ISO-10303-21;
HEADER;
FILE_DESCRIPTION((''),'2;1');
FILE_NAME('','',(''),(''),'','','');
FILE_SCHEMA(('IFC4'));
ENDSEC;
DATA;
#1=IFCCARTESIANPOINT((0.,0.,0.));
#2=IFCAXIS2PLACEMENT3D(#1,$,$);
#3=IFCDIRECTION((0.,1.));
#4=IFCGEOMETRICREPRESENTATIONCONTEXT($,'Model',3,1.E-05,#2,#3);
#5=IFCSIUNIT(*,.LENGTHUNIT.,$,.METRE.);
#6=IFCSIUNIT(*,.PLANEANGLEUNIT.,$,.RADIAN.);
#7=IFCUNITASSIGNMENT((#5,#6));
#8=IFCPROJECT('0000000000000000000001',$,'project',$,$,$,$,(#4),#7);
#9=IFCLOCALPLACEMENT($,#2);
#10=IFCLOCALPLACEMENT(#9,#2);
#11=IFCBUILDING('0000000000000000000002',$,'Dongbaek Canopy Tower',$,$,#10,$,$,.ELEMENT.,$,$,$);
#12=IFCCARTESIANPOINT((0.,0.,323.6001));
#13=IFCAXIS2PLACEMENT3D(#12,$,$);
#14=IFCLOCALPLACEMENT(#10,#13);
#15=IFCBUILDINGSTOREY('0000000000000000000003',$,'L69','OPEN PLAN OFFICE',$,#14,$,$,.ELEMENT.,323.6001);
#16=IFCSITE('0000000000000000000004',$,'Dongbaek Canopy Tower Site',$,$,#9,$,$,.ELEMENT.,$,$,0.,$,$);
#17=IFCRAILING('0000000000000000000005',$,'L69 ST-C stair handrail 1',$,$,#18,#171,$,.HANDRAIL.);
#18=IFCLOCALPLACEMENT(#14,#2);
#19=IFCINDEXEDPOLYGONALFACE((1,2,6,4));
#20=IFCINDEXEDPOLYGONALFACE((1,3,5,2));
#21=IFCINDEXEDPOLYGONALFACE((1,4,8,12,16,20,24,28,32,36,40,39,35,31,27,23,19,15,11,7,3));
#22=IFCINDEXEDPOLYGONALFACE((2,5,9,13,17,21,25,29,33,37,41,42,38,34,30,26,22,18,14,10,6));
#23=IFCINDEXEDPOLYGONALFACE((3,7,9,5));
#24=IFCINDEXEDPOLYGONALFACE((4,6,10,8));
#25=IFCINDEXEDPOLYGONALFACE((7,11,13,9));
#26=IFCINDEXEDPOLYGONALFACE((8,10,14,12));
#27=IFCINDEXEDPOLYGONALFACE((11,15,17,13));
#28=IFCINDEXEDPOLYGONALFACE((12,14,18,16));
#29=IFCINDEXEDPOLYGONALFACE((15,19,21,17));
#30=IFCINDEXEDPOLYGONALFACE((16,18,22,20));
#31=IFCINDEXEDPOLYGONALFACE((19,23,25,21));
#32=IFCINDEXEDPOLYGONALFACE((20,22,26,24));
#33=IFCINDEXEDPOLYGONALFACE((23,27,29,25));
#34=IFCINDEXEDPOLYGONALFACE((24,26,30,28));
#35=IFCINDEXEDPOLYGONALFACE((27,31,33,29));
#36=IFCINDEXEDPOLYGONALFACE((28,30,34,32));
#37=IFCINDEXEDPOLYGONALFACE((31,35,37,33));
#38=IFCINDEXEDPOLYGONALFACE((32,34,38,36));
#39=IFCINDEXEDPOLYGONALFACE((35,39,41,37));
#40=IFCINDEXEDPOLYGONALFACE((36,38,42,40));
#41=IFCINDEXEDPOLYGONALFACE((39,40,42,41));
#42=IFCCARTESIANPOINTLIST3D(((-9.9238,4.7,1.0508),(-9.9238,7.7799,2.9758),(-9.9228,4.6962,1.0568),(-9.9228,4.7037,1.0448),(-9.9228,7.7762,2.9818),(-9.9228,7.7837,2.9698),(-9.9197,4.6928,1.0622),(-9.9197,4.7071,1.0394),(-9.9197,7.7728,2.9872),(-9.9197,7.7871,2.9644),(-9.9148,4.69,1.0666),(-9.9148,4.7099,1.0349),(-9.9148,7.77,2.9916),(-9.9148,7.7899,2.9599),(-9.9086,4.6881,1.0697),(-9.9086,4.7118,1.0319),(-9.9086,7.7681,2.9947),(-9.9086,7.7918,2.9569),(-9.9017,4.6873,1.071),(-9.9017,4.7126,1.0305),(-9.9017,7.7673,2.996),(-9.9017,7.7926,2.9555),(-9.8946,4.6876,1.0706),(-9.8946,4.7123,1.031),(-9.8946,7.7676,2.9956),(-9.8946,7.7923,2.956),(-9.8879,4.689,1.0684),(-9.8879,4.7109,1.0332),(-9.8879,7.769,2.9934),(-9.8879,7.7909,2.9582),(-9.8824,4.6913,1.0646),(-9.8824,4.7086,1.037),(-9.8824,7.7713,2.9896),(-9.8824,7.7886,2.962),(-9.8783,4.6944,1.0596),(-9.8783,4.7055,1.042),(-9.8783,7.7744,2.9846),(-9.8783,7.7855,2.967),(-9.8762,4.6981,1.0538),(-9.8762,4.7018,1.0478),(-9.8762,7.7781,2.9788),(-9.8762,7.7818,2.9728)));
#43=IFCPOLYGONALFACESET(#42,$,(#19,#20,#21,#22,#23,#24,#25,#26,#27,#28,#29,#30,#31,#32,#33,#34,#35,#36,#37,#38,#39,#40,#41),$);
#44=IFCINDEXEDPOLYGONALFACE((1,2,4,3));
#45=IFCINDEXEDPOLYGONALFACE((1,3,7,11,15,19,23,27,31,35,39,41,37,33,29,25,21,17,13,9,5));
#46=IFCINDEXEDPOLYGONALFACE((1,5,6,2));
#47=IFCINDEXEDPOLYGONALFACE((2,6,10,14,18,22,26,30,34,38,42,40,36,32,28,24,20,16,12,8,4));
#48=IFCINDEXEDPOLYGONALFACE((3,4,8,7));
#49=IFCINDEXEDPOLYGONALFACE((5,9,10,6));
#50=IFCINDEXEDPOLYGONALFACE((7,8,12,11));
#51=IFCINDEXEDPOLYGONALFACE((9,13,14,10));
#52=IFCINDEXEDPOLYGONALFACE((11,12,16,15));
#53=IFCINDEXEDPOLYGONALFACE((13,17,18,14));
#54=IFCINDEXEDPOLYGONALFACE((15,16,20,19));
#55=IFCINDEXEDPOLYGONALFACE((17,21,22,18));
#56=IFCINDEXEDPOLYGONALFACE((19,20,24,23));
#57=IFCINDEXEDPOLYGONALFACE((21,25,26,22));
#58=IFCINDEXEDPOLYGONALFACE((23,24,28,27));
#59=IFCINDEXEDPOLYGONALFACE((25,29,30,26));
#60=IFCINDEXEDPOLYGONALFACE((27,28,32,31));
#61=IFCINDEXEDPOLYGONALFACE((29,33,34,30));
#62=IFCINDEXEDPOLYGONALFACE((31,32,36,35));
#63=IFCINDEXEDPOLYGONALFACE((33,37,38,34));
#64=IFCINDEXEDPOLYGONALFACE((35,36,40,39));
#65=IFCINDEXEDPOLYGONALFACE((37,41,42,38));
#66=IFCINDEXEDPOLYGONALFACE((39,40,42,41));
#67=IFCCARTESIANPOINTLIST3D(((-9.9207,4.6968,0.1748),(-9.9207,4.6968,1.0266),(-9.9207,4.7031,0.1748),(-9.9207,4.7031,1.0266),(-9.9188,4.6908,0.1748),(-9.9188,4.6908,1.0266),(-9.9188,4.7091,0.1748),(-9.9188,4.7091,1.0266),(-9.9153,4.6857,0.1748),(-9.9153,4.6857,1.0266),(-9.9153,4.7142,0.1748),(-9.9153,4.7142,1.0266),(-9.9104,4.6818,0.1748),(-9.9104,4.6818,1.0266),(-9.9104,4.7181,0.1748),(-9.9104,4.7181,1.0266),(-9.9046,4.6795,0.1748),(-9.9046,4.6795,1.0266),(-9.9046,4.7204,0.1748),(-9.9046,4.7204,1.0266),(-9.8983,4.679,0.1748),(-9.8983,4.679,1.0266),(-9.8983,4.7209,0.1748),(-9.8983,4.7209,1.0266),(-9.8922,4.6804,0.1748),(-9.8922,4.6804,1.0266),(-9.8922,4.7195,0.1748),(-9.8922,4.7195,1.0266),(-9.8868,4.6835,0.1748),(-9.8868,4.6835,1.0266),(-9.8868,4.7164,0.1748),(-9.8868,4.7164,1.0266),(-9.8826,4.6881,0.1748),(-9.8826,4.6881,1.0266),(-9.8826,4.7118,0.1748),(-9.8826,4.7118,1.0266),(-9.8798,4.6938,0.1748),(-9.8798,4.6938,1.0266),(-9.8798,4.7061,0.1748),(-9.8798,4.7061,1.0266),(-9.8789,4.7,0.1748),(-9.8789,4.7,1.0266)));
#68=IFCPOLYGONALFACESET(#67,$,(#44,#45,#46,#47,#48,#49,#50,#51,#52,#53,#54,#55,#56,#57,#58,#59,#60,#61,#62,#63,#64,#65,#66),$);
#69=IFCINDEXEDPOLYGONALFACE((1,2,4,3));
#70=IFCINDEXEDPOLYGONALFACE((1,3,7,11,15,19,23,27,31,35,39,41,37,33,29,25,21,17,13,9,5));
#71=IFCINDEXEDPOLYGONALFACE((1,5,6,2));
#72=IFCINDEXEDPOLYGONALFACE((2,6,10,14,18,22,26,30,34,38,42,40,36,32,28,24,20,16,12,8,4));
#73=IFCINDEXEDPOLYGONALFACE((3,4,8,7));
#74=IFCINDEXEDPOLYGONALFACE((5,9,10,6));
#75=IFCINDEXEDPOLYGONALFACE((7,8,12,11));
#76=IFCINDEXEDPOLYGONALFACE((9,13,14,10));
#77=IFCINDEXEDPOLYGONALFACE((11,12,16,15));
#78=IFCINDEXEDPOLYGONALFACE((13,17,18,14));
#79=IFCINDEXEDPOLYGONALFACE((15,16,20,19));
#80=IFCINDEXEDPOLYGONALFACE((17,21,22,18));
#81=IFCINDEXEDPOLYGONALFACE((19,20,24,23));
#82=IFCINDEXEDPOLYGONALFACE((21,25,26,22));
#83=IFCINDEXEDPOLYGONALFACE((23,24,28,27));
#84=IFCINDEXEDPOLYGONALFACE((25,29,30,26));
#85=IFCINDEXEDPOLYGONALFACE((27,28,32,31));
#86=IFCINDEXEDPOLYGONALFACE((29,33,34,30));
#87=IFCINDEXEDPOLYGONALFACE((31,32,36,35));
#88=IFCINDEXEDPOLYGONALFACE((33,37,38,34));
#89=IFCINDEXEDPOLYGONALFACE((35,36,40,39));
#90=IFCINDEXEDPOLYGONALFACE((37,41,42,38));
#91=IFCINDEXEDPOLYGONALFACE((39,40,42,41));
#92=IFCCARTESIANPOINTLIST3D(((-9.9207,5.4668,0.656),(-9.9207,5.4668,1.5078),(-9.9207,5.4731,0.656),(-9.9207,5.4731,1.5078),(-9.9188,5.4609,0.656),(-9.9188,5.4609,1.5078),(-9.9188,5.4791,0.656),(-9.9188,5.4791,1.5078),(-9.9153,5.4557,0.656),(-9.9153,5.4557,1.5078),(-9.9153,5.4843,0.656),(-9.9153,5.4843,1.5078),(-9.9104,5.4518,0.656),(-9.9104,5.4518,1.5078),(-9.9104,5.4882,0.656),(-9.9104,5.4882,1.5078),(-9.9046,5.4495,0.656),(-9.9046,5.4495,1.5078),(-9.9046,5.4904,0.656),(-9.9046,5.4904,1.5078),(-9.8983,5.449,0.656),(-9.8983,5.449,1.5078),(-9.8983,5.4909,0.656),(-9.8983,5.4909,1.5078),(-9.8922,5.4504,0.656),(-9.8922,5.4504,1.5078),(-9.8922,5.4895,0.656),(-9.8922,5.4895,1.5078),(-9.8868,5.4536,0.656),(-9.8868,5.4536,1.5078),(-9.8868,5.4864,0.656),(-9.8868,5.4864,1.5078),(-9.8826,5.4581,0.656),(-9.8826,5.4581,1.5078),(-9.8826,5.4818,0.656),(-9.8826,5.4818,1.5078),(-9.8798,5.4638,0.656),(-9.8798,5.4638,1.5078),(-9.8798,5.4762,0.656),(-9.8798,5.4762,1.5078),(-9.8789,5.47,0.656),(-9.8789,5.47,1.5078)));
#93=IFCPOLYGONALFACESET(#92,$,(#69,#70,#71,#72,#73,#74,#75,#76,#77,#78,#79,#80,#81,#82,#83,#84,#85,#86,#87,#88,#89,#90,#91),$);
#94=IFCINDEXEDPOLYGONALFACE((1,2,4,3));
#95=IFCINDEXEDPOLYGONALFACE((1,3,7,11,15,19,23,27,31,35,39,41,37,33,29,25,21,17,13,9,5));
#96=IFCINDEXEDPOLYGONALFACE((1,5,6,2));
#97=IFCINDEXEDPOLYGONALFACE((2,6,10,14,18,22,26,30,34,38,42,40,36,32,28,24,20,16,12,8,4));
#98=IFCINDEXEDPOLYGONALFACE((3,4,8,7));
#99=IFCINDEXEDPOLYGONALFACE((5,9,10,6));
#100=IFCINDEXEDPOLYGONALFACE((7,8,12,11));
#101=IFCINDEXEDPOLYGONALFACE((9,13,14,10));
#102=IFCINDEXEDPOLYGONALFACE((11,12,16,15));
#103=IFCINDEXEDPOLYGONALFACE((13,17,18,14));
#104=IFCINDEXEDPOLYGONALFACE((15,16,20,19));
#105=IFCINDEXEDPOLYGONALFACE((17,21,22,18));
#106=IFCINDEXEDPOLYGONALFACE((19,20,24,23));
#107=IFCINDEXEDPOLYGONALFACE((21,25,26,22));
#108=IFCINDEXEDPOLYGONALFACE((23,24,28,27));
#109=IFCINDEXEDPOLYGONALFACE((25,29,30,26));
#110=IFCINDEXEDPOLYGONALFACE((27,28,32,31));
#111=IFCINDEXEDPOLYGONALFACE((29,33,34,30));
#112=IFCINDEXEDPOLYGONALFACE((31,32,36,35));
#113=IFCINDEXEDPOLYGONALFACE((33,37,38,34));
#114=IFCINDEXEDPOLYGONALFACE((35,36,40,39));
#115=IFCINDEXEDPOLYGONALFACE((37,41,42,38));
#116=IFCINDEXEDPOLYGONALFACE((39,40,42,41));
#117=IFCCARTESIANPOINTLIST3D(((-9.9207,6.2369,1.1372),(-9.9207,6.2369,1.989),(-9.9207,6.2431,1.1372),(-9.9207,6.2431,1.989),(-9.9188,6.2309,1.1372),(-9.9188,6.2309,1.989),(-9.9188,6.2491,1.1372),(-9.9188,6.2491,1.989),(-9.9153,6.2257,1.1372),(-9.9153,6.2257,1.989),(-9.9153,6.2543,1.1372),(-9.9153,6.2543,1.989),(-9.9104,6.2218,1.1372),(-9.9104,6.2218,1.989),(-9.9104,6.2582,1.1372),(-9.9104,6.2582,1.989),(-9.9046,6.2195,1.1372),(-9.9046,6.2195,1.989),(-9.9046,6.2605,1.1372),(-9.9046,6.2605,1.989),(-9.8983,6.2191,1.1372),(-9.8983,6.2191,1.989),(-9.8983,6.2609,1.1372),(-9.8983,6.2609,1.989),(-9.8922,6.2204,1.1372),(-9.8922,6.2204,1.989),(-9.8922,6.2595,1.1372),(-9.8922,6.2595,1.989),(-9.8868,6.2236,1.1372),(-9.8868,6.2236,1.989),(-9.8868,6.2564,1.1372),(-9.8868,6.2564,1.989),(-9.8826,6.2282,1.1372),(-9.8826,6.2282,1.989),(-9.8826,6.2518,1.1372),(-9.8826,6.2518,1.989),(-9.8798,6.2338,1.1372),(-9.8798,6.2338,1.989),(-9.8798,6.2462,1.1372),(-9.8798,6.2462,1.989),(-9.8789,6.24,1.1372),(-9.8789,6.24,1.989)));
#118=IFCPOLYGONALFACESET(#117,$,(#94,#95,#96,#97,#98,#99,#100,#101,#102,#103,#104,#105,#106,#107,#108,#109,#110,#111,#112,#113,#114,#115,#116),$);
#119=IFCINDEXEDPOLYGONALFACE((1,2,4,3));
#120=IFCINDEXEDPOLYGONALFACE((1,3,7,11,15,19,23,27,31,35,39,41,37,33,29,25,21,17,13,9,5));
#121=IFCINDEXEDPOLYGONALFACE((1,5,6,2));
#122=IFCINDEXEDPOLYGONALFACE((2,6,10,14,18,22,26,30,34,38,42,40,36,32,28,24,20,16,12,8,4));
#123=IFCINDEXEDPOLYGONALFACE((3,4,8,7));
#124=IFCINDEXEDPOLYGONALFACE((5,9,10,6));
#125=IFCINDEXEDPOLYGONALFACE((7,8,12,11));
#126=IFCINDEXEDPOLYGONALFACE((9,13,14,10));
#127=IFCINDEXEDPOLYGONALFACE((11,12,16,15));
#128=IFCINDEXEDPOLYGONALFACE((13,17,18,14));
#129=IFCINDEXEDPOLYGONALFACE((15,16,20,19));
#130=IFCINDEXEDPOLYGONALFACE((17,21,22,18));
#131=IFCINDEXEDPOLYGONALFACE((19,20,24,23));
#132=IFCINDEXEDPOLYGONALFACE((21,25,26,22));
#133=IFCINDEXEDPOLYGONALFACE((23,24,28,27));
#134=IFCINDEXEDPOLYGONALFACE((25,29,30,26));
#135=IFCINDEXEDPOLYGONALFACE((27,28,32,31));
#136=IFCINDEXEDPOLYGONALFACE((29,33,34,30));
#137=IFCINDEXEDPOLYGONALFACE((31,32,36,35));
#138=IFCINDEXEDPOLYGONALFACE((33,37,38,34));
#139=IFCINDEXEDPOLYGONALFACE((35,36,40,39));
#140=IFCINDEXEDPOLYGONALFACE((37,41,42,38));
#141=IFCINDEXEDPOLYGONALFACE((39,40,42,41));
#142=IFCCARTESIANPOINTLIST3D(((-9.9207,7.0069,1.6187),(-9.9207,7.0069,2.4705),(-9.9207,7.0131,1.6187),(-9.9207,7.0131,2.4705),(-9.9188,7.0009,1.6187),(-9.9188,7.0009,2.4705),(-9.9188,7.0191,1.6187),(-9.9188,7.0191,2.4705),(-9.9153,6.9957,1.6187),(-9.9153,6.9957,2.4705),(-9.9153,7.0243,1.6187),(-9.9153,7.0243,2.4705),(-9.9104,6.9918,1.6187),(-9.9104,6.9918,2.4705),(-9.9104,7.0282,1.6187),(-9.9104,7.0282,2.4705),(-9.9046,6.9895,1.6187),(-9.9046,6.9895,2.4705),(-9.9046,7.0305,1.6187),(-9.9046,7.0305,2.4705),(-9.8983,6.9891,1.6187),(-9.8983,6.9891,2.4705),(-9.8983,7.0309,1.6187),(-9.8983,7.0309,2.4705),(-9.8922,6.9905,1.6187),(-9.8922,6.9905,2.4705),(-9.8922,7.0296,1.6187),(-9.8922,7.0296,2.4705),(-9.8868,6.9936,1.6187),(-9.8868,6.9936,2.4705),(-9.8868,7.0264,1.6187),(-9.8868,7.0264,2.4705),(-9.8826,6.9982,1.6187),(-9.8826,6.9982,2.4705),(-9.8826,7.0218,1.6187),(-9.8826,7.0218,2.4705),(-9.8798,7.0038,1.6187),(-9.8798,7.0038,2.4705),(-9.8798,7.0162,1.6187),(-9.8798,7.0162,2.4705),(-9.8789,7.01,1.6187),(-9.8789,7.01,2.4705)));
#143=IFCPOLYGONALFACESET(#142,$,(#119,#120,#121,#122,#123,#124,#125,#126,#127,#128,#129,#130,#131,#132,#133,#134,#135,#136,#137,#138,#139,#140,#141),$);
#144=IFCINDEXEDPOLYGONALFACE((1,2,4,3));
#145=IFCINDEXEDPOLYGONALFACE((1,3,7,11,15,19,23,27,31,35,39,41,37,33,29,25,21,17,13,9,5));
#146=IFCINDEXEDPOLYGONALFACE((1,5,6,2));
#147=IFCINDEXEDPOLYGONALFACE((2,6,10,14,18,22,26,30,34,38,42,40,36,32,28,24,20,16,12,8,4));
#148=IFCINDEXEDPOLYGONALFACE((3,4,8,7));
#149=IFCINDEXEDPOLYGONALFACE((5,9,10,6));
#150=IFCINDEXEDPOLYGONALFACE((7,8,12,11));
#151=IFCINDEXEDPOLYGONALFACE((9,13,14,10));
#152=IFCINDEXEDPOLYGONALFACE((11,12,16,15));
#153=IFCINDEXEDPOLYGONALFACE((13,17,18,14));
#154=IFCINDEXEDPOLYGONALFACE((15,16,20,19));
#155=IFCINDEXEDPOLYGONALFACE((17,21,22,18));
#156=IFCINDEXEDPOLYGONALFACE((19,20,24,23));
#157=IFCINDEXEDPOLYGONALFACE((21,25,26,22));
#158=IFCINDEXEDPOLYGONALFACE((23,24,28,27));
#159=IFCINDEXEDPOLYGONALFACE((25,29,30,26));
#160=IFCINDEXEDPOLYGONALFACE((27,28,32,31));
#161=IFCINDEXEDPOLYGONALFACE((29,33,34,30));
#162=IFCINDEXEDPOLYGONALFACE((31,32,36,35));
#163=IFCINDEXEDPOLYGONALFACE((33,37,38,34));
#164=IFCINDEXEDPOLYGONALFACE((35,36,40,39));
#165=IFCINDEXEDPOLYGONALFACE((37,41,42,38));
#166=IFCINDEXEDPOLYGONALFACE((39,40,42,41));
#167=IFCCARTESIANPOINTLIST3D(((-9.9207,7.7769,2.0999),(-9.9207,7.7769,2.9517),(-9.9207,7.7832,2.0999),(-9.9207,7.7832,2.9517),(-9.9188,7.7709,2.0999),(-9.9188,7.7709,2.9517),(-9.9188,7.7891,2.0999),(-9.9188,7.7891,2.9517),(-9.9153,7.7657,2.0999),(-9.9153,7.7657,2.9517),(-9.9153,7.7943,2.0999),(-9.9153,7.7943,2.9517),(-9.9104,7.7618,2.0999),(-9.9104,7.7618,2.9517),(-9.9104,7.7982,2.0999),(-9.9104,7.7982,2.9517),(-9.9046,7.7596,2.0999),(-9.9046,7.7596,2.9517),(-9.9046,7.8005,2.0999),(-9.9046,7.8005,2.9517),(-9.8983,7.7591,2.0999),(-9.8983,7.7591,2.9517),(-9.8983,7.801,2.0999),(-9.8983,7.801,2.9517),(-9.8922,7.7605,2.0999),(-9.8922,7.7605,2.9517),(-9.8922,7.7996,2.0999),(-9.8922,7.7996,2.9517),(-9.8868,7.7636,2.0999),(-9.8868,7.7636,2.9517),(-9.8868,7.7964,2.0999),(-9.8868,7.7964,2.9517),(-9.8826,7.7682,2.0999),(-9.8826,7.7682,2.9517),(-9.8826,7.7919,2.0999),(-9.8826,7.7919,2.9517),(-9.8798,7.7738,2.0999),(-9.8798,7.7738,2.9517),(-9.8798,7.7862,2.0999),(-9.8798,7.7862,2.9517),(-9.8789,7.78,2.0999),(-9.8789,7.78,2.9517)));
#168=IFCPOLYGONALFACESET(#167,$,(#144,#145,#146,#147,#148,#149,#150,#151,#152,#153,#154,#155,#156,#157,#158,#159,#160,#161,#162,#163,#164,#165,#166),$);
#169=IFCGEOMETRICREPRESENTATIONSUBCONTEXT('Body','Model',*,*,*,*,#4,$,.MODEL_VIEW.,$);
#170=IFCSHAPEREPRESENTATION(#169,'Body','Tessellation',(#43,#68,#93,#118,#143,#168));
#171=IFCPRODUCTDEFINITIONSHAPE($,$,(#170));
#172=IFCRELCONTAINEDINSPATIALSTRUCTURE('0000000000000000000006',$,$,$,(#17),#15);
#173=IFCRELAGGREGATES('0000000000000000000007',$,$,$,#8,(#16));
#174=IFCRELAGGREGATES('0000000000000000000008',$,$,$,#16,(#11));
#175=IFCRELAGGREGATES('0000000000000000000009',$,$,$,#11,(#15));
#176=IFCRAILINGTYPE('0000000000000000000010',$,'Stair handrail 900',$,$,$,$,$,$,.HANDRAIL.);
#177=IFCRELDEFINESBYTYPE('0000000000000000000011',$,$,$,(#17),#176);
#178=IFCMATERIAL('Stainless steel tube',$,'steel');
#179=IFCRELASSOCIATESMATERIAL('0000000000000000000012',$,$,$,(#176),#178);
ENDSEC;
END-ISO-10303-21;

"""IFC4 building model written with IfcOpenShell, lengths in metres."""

from ifc_helpers import new_model, si_unit, direction, frame, origin, origin_2d, place, context, subcontext, project, spatial, circle, extrude, material, type_object, element, save


model = new_model("IFC4")

# Units and contexts
model_context = context("Model", 3, precision=1e-05, world=origin(), true_north=direction((0.0, 1.0)))
body_context = subcontext(model_context, "Body", "Model", "MODEL_VIEW")
ifc_project = project(units=[si_unit("LENGTHUNIT", "METRE"), si_unit("PLANEANGLEUNIT", "RADIAN")], contexts=[model_context])

# Site, building, storey
site_placement = place(None, origin())
site = spatial("IfcSite", under=ifc_project, at=site_placement, Name="Dongbaek Canopy Tower Site", CompositionType="ELEMENT", RefElevation=0.0)
building_placement = place(site_placement, origin())
building = spatial("IfcBuilding", under=site, at=building_placement, Name="Dongbaek Canopy Tower", CompositionType="ELEMENT")
storey_placement = place(building_placement, frame((0.0, 0.0, 323.6001)))
storey = spatial("IfcBuildingStorey", under=building, at=storey_placement, Name="L69", Description="OPEN PLAN OFFICE", CompositionType="ELEMENT", Elevation=323.6001)

# Railing
ifc_material_1 = material(Name="Stainless steel tube", Category="steel")
railing_type_1 = type_object("IfcRailingType", Name="Stair handrail 900", PredefinedType="HANDRAIL", material=ifc_material_1)
railing_1_placement = place(storey_placement, frame((-9.8999, 4.7, 0.1748)))
element("IfcRailing", 1, at=railing_1_placement, inside=storey, type_object=railing_type_1, Name="L69 ST-C stair handrail 1", PredefinedType="HANDRAIL", context=body_context, shape_type="SweptSolid", body=[
    extrude(circle(Radius=0.0239, at=origin_2d()), frame((0.0, 0.0, 0.876), z_axis=(0.0, 0.847998, 0.529999), x_axis=(-1.0, 0.0, 0.0)), (0.0, 0.0, 1.0), 3.6321),
    extrude(circle(Radius=0.021, at=origin_2d()), origin(), (0.0, 0.0, 1.0), 0.8518),
    extrude(circle(Radius=0.021, at=origin_2d()), frame((0.0, 0.77, 0.4812)), (0.0, 0.0, 1.0), 0.8518),
    extrude(circle(Radius=0.021, at=origin_2d()), frame((0.0, 1.54, 0.9624)), (0.0, 0.0, 1.0), 0.8518),
    extrude(circle(Radius=0.021, at=origin_2d()), frame((0.0, 2.3101, 1.4438)), (0.0, 0.0, 1.0), 0.8518),
    extrude(circle(Radius=0.021, at=origin_2d()), frame((0.0, 3.0801, 1.925)), (0.0, 0.0, 1.0), 0.8518),
])

save(model, "model.ifc")
